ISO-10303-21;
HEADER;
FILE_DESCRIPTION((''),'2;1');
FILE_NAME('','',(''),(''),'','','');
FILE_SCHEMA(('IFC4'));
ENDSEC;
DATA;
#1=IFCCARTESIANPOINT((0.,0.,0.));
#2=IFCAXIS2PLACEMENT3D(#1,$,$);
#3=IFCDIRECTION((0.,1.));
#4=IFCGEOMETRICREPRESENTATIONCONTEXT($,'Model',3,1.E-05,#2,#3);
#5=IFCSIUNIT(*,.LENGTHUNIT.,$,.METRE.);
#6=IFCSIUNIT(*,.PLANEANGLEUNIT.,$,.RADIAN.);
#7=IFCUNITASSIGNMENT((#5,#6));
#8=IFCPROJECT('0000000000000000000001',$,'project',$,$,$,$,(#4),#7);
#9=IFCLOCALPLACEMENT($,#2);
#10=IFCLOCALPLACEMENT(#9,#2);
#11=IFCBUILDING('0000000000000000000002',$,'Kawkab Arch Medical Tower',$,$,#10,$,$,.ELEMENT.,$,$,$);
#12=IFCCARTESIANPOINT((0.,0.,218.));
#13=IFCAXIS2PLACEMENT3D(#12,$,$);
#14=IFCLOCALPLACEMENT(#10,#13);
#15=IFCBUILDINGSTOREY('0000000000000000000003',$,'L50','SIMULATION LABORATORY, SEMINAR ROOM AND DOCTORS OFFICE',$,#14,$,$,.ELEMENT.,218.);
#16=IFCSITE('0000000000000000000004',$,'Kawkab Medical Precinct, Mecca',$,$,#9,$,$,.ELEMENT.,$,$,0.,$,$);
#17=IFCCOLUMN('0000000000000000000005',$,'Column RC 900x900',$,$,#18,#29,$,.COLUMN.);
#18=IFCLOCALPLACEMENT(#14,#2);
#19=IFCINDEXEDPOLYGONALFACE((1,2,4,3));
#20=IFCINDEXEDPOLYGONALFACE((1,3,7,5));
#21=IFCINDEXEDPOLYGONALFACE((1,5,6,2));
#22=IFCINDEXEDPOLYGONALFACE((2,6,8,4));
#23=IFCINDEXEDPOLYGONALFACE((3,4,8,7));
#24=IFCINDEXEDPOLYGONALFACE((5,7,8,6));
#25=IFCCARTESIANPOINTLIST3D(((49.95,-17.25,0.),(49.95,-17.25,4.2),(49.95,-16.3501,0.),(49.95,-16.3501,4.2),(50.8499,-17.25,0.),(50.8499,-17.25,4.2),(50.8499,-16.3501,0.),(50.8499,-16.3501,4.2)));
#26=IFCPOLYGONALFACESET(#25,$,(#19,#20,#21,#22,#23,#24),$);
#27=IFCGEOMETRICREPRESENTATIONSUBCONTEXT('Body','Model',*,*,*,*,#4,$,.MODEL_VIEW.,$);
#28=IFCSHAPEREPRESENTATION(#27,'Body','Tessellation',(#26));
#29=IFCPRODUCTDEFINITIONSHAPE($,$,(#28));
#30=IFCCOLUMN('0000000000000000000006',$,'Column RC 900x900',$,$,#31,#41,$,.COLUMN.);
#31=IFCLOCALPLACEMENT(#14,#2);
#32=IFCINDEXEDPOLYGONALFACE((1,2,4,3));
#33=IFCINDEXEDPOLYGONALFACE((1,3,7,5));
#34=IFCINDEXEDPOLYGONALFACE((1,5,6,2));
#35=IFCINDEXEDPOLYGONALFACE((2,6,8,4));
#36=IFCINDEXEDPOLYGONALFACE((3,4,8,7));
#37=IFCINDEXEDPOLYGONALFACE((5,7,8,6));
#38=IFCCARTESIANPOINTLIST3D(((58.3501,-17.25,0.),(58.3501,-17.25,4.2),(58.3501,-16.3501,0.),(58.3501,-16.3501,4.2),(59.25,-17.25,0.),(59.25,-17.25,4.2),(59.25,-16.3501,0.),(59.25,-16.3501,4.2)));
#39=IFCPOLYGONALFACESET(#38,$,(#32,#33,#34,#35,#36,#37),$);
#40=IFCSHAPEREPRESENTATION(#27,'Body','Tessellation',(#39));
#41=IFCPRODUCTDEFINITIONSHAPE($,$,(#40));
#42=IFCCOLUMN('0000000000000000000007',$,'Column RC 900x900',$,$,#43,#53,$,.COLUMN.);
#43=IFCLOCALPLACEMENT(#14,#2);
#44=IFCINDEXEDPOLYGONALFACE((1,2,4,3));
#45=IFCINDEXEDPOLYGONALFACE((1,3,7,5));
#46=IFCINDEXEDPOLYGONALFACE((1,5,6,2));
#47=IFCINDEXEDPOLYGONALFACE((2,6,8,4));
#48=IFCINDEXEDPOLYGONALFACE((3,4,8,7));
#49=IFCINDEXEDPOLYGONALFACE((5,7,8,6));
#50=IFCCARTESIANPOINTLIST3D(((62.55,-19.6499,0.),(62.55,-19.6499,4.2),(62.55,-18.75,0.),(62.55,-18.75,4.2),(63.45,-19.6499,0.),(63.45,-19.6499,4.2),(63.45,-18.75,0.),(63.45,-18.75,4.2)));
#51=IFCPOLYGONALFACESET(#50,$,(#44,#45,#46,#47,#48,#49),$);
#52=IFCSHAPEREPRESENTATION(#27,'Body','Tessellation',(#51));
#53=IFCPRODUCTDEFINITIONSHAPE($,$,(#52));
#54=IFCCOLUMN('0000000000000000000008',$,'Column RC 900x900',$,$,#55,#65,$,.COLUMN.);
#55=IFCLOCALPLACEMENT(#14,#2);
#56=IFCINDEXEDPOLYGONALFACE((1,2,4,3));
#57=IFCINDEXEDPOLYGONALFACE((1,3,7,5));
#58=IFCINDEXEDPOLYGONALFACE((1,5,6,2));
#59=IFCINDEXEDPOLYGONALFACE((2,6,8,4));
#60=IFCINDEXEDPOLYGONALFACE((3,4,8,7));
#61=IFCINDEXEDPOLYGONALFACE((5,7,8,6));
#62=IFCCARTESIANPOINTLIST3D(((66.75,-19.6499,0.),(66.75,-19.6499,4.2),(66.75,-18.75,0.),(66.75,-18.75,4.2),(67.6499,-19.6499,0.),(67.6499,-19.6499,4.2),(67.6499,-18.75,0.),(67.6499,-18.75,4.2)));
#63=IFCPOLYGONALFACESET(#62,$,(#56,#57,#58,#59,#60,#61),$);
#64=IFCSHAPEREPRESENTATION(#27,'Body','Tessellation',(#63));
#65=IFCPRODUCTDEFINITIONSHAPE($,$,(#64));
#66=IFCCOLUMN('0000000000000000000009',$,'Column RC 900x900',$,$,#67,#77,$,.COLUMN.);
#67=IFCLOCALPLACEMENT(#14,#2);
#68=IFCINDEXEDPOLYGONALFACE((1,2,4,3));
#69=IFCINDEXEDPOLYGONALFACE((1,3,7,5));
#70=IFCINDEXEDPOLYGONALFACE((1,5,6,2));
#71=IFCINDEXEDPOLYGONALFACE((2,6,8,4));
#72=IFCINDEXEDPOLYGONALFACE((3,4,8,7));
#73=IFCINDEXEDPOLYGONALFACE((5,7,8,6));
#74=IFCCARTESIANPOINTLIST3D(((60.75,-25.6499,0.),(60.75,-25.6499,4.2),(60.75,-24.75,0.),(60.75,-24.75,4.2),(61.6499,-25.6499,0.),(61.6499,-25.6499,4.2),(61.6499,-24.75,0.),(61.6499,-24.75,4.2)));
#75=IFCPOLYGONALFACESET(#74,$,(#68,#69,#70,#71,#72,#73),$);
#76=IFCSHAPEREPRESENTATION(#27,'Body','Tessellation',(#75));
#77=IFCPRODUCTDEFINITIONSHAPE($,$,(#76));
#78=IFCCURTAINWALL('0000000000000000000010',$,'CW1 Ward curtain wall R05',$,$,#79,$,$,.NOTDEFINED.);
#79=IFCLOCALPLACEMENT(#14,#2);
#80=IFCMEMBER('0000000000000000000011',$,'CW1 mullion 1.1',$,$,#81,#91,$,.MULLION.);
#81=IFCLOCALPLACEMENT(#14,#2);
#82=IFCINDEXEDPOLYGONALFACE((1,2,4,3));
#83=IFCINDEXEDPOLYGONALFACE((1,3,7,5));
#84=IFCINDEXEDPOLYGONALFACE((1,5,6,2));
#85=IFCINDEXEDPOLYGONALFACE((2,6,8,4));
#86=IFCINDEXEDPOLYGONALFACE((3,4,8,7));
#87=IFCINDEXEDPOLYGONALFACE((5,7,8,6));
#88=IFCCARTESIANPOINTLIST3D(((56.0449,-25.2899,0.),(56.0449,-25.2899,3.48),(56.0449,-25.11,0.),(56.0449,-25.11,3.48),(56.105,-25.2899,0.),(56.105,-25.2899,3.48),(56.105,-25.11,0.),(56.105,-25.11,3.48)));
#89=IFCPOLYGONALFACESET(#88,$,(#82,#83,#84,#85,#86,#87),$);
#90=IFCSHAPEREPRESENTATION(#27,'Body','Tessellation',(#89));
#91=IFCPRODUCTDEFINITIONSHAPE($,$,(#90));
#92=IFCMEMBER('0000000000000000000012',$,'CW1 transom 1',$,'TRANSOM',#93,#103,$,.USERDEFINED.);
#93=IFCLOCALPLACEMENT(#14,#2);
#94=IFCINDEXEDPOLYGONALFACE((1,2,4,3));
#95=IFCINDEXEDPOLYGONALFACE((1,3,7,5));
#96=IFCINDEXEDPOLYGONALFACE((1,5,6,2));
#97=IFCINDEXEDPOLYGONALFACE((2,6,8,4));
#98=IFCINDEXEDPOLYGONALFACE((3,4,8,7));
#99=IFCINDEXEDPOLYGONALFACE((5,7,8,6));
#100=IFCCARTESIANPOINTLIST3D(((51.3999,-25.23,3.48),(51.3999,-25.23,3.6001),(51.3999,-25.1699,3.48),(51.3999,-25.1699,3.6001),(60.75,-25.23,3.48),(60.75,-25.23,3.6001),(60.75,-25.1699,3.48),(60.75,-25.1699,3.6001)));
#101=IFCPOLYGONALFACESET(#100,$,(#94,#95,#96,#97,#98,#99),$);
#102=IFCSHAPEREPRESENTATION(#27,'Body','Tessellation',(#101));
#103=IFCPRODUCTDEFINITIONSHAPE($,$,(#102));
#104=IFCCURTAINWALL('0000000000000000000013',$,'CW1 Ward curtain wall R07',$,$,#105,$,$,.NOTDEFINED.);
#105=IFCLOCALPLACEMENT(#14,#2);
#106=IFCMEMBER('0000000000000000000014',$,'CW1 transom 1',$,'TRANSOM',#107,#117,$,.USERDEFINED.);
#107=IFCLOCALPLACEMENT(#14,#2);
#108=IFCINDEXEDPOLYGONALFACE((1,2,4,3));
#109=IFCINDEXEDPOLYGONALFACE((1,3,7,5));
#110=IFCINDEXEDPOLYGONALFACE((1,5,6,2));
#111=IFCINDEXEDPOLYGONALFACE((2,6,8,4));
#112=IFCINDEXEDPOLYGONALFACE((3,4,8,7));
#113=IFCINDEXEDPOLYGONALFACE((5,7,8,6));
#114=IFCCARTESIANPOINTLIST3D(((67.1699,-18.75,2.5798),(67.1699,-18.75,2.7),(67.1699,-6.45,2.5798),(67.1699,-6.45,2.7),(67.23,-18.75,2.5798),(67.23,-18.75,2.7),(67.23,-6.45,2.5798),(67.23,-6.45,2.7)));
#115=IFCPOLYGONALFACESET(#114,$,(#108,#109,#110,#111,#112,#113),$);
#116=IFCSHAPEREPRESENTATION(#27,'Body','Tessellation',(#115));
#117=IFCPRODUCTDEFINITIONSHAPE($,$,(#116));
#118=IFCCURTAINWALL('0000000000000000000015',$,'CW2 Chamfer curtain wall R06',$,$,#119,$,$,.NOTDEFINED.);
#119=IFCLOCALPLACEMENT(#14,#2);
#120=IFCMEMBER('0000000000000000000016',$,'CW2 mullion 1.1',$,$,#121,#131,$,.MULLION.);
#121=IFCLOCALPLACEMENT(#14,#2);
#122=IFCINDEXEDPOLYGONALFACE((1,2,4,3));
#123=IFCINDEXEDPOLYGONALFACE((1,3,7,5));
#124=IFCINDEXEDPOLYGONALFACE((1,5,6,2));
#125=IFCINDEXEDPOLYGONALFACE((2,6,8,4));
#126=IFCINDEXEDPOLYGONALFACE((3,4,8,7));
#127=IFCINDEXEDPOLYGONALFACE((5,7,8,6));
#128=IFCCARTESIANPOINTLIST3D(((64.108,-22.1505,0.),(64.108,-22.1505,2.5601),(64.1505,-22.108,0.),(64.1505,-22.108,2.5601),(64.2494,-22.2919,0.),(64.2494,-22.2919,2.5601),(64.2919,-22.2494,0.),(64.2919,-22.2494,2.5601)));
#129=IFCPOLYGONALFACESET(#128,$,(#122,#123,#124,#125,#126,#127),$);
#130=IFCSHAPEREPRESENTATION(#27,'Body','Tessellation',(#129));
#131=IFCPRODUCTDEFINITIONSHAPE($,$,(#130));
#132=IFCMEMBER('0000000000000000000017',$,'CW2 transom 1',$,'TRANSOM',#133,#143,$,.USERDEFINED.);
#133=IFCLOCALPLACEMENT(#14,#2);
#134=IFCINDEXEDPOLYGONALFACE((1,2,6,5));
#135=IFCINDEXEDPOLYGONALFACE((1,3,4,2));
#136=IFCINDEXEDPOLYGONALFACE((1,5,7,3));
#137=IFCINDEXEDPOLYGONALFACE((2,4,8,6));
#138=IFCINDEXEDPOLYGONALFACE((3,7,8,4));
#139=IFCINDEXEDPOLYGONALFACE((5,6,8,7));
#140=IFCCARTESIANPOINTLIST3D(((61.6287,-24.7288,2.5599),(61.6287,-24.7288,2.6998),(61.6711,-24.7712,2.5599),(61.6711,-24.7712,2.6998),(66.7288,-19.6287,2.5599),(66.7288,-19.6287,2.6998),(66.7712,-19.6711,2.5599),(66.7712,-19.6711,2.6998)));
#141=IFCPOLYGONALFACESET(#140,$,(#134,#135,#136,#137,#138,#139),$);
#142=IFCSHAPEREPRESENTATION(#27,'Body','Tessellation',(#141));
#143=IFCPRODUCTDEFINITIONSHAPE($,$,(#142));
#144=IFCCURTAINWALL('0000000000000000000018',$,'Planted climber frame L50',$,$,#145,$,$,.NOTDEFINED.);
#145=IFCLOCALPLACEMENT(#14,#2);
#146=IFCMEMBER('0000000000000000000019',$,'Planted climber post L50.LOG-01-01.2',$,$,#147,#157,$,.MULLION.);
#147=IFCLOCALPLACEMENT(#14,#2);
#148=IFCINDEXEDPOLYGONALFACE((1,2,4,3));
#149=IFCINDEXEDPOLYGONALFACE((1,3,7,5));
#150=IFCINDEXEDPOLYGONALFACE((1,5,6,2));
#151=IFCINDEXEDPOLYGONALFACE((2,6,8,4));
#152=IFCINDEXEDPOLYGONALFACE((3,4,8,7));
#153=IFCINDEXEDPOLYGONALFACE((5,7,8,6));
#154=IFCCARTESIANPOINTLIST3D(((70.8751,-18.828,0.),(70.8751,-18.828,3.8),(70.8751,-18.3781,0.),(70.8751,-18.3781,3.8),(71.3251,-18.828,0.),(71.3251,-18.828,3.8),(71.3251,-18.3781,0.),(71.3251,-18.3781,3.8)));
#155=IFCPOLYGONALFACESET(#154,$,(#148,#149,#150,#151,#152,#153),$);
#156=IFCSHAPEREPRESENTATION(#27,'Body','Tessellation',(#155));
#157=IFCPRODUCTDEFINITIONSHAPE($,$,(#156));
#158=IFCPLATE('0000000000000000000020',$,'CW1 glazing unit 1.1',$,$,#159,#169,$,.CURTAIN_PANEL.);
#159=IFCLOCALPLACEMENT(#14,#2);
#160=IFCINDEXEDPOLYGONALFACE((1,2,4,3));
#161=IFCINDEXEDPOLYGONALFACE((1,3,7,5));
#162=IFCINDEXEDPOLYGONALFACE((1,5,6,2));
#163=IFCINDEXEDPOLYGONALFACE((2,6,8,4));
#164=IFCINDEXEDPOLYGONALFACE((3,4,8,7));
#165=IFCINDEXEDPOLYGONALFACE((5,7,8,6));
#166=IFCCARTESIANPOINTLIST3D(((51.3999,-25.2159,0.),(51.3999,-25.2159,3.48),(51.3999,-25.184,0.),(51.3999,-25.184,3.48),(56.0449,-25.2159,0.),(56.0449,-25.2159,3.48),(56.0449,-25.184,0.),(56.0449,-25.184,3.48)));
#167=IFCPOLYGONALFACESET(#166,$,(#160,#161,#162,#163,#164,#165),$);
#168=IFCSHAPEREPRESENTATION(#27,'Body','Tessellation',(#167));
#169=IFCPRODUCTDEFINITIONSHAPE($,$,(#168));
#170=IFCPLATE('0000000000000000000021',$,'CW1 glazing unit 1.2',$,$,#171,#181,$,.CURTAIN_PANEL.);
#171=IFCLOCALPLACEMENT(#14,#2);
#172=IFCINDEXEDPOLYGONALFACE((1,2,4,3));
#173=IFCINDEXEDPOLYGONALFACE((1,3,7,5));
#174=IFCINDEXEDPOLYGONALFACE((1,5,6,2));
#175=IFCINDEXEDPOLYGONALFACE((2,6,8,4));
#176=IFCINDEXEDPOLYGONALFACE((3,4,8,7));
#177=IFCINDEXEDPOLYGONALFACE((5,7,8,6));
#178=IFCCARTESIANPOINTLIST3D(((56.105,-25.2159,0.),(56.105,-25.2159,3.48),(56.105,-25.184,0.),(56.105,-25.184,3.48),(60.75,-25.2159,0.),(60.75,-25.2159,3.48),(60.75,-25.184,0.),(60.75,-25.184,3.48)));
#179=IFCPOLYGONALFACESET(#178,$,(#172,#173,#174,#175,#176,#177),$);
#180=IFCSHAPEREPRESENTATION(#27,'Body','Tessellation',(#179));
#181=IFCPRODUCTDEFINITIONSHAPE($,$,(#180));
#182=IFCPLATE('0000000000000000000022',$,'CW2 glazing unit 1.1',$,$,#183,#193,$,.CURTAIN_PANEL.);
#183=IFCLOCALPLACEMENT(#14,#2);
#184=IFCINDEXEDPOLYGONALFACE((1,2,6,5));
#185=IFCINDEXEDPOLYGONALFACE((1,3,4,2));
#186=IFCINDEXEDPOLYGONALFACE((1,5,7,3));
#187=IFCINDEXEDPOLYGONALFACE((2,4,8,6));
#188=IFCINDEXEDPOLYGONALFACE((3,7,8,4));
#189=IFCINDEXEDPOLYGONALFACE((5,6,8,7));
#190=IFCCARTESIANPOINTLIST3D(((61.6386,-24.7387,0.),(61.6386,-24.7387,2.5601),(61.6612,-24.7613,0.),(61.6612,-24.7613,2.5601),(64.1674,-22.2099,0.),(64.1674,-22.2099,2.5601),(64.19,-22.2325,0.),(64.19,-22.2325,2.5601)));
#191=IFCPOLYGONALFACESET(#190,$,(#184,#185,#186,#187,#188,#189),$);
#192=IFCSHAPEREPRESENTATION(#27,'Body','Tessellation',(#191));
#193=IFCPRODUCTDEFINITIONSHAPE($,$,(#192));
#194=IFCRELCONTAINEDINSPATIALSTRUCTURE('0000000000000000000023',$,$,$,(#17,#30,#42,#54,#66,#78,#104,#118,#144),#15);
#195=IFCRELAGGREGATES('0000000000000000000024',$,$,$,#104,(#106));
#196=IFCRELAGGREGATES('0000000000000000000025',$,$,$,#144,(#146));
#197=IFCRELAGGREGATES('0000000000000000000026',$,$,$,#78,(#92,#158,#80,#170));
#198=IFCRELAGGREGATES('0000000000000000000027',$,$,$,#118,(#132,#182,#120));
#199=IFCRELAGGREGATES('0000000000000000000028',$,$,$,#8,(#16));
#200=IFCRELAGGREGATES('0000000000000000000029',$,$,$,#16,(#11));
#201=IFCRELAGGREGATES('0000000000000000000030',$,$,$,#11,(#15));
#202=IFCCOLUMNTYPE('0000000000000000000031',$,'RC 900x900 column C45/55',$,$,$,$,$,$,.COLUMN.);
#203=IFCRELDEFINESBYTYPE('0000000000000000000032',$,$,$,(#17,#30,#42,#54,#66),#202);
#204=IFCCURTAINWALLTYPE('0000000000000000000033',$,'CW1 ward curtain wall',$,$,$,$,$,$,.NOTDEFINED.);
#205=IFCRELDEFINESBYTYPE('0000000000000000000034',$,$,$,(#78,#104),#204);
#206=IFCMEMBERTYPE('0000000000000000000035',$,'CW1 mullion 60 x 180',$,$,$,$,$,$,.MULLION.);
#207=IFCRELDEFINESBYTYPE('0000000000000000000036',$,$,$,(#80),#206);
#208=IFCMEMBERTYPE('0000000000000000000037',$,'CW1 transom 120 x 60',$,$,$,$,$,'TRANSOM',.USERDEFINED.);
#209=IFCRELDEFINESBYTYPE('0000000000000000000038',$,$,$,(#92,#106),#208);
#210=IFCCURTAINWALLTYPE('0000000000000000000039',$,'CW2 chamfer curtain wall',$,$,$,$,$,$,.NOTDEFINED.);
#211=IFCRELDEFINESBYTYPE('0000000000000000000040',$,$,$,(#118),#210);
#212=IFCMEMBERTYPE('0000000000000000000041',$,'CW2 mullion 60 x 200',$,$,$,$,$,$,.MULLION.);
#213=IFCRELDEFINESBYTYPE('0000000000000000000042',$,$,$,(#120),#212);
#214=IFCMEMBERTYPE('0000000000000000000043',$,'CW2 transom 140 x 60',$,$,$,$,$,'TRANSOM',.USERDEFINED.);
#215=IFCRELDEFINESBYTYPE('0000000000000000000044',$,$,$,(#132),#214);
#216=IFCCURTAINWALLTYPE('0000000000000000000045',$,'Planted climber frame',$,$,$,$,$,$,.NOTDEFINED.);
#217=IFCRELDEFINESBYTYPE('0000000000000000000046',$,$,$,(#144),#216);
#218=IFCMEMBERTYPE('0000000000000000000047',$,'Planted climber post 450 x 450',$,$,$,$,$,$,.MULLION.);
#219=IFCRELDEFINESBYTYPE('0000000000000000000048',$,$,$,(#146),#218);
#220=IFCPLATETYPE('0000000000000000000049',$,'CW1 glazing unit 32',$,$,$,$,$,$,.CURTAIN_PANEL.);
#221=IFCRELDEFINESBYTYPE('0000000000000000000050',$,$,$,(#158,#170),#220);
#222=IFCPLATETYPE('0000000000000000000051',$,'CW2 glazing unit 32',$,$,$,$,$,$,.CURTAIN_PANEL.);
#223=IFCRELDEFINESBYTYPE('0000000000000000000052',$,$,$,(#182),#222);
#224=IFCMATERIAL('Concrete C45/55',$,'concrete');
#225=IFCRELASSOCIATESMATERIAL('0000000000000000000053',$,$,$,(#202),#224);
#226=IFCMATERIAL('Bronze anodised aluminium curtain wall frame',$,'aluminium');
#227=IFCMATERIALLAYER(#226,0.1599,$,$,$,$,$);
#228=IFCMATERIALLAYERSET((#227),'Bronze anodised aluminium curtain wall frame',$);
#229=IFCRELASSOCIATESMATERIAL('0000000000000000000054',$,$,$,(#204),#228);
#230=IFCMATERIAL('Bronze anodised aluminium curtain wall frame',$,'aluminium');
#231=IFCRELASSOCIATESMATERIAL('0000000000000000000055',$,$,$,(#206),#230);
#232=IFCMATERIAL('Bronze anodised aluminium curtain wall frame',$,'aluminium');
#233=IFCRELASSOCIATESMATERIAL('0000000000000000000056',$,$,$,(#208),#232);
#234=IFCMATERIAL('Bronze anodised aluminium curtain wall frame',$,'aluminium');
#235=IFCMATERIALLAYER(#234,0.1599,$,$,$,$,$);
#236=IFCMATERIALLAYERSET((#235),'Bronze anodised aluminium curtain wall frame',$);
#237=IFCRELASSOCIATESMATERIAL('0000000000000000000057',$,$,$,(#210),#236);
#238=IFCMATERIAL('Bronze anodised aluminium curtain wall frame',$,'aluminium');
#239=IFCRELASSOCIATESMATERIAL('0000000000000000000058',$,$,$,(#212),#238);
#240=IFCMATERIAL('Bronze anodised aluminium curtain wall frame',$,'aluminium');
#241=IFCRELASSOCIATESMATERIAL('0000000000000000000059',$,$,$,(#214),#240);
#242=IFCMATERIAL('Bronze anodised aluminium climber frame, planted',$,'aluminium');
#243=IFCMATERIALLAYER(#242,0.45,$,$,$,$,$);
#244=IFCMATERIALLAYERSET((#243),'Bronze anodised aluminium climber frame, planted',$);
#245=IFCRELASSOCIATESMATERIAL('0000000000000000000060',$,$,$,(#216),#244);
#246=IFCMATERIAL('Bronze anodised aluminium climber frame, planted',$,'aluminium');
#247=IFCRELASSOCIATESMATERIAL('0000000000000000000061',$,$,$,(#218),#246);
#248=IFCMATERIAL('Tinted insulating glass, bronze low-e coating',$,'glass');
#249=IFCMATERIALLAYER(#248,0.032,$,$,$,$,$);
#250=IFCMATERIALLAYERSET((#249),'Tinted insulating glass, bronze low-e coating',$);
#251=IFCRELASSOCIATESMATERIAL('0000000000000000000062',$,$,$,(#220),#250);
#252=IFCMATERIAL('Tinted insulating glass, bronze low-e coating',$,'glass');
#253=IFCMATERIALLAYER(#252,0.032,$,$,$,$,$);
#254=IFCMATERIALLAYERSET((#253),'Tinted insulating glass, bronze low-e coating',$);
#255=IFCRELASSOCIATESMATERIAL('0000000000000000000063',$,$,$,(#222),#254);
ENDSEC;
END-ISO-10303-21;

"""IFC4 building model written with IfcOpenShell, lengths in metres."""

from ifc_helpers import new_model, si_unit, direction, frame, origin, origin_2d, place, context, subcontext, project, spatial, rectangle, extrude, material, layer, layer_set, material_profile, profile_set, type_object, element, aggregate, save


model = new_model("IFC4")

# Units and contexts
model_context = context("Model", 3, precision=1e-05, world=origin(), true_north=direction((0.0, 1.0)))
body_context = subcontext(model_context, "Body", "Model", "MODEL_VIEW")
ifc_project = project(units=[si_unit("LENGTHUNIT", "METRE"), si_unit("PLANEANGLEUNIT", "RADIAN")], contexts=[model_context])

# Site, building, storey
site_placement = place(None, origin())
site = spatial("IfcSite", under=ifc_project, at=site_placement, Name="Kawkab Medical Precinct, Mecca", CompositionType="ELEMENT", RefElevation=0.0)
building_placement = place(site_placement, origin())
building = spatial("IfcBuilding", under=site, at=building_placement, Name="Kawkab Arch Medical Tower", CompositionType="ELEMENT")
storey_placement = place(building_placement, frame((0.0, 0.0, 218.0)))
storey = spatial("IfcBuildingStorey", under=building, at=storey_placement, Name="L50", Description="SIMULATION LABORATORY, SEMINAR ROOM AND DOCTORS OFFICE", CompositionType="ELEMENT", Elevation=218.0)

# Columns
ifc_material_1 = material(Name="Concrete C45/55", Category="concrete")
ifc_material_profile_1 = material_profile(ifc_material_1, rectangle(XDim=0.8999, YDim=0.8999, at=origin_2d()), Name="RC 900x900")
ifc_profile_set_1 = profile_set([ifc_material_profile_1], Name="Concrete C45/55")
column_type = type_object("IfcColumnType", Name="RC 900x900 column C45/55", PredefinedType="COLUMN", material=ifc_profile_set_1)
for number, where, z_axis, x_axis, name in (
    (1, (50.3999, -16.8, 0.0), (0.0, 0.0, 1.0), (1.0, 0.0, 0.0), "Column RC 900x900"),
    (2, (58.8, -16.8, 0.0), (0.0, 0.0, 1.0), (1.0, 0.0, 0.0), "Column RC 900x900"),
    (3, (63.0, -19.2, 0.0), (0.0, 0.0, 1.0), (1.0, 0.0, 0.0), "Column RC 900x900"),
    (4, (67.2, -19.2, 0.0), (0.0, 0.0, 1.0), (1.0, 0.0, 0.0), "Column RC 900x900"),
    (5, (61.2, -25.2, 0.0), (0.0, 0.0, 1.0), (1.0, 0.0, 0.0), "Column RC 900x900"),
):
    element("IfcColumn", number, at=place(storey_placement, frame(where, z_axis=z_axis, x_axis=x_axis)), inside=storey, type_object=column_type, Name=name, PredefinedType="COLUMN", context=body_context, shape_type="SweptSolid", body=[
        extrude(rectangle(XDim=0.8999, YDim=0.8999, at=origin_2d()), origin(), (0.0, 0.0, 1.0), 4.2),
    ])

# Curtain wall, members
ifc_material_2 = material(Name="Bronze anodised aluminium curtain wall frame", Category="aluminium")
ifc_layer_1 = layer(ifc_material_2, 0.1599)
ifc_layer_set_1 = layer_set([ifc_layer_1], Name="Bronze anodised aluminium curtain wall frame")
curtain_wall_type_1 = type_object("IfcCurtainWallType", Name="CW1 ward curtain wall", PredefinedType="NOTDEFINED", material=ifc_layer_set_1)
placement = place(storey_placement, origin())
curtain_wall_1 = element("IfcCurtainWall", 6, at=placement, inside=storey, type_object=curtain_wall_type_1, Name="CW1 Ward curtain wall R05", PredefinedType="NOTDEFINED")
ifc_material_3 = material(Name="Bronze anodised aluminium curtain wall frame", Category="aluminium")
ifc_material_profile_2 = material_profile(ifc_material_3, rectangle(XDim=0.1799, YDim=0.0601, at=origin_2d()), Name="AL 60x180")
ifc_profile_set_2 = profile_set([ifc_material_profile_2], Name="Bronze anodised aluminium curtain wall frame")
member_type_1 = type_object("IfcMemberType", Name="CW1 mullion 60 x 180", PredefinedType="MULLION", material=ifc_profile_set_2)
member_1_placement = place(storey_placement, frame((56.075, -25.2, 0.0), z_axis=(0.0, 0.0, 1.0), x_axis=(0.0, 1.0, 0.0)))
member_1 = element("IfcMember", 7, at=member_1_placement, type_object=member_type_1, Name="CW1 mullion 1.1", PredefinedType="MULLION", context=body_context, shape_type="SweptSolid", body=[
    extrude(rectangle(XDim=0.1799, YDim=0.0601, at=origin_2d()), origin(), (0.0, 0.0, 1.0), 3.48),
])
ifc_material_4 = material(Name="Bronze anodised aluminium curtain wall frame", Category="aluminium")
ifc_material_profile_3 = material_profile(ifc_material_4, rectangle(XDim=0.0601, YDim=0.1201, at=origin_2d()), Name="AL 60x120")
ifc_profile_set_3 = profile_set([ifc_material_profile_3], Name="Bronze anodised aluminium curtain wall frame")
member_type_2 = type_object("IfcMemberType", Name="CW1 transom 120 x 60", ElementType="TRANSOM", PredefinedType="USERDEFINED", material=ifc_profile_set_3)
member_2_placement = place(storey_placement, frame((51.3999, -25.2, 3.54), z_axis=(1.0, 0.0, 0.0), x_axis=(0.0, 1.0, 0.0)))
member_2 = element("IfcMember", 8, at=member_2_placement, type_object=member_type_2, Name="CW1 transom 1", ObjectType="TRANSOM", PredefinedType="USERDEFINED", context=body_context, shape_type="SweptSolid", body=[
    extrude(rectangle(XDim=0.0601, YDim=0.1201, at=origin_2d()), origin(), (0.0, 0.0, 1.0), 9.3501),
])

# Curtain wall, member
curtain_wall_2 = element("IfcCurtainWall", 9, at=placement, inside=storey, type_object=curtain_wall_type_1, Name="CW1 Ward curtain wall R07", PredefinedType="NOTDEFINED")
member_3_placement = place(storey_placement, frame((67.2, -18.75, 2.6399), z_axis=(0.0, 1.0, 0.0), x_axis=(-1.0, 0.0, 0.0)))
member_3 = element("IfcMember", 10, at=member_3_placement, type_object=member_type_2, Name="CW1 transom 1", ObjectType="TRANSOM", PredefinedType="USERDEFINED", context=body_context, shape_type="SweptSolid", body=[
    extrude(rectangle(XDim=0.0601, YDim=0.1201, at=origin_2d()), origin(), (0.0, 0.0, 1.0), 12.3),
])
aggregate(curtain_wall_2, [member_3])

# Curtain wall, members
ifc_material_5 = material(Name="Bronze anodised aluminium curtain wall frame", Category="aluminium")
ifc_layer_2 = layer(ifc_material_5, 0.1599)
ifc_layer_set_2 = layer_set([ifc_layer_2], Name="Bronze anodised aluminium curtain wall frame")
curtain_wall_type_2 = type_object("IfcCurtainWallType", Name="CW2 chamfer curtain wall", PredefinedType="NOTDEFINED", material=ifc_layer_set_2)
curtain_wall_3 = element("IfcCurtainWall", 11, at=placement, inside=storey, type_object=curtain_wall_type_2, Name="CW2 Chamfer curtain wall R06", PredefinedType="NOTDEFINED")
ifc_material_6 = material(Name="Bronze anodised aluminium curtain wall frame", Category="aluminium")
ifc_material_profile_4 = material_profile(ifc_material_6, rectangle(XDim=0.2, YDim=0.0601, at=origin_2d()), Name="AL 60x200")
ifc_profile_set_4 = profile_set([ifc_material_profile_4], Name="Bronze anodised aluminium curtain wall frame")
member_type_3 = type_object("IfcMemberType", Name="CW2 mullion 60 x 200", PredefinedType="MULLION", material=ifc_profile_set_4)
member_4_placement = place(storey_placement, frame((64.2, -22.2, 0.0), z_axis=(0.0, 0.0, 1.0), x_axis=(-0.707107, 0.707107, 0.0)))
member_4 = element("IfcMember", 12, at=member_4_placement, type_object=member_type_3, Name="CW2 mullion 1.1", PredefinedType="MULLION", context=body_context, shape_type="SweptSolid", body=[
    extrude(rectangle(XDim=0.2, YDim=0.0601, at=origin_2d()), origin(), (0.0, 0.0, 1.0), 2.5601),
])
ifc_material_7 = material(Name="Bronze anodised aluminium curtain wall frame", Category="aluminium")
ifc_material_profile_5 = material_profile(ifc_material_7, rectangle(XDim=0.0601, YDim=0.1399, at=origin_2d()), Name="AL 60x140")
ifc_profile_set_5 = profile_set([ifc_material_profile_5], Name="Bronze anodised aluminium curtain wall frame")
member_type_4 = type_object("IfcMemberType", Name="CW2 transom 140 x 60", ElementType="TRANSOM", PredefinedType="USERDEFINED", material=ifc_profile_set_5)
member_5_placement = place(storey_placement, frame((61.6499, -24.75, 2.6299), z_axis=(0.707107, 0.707107, 0.0), x_axis=(-0.707107, 0.707107, 0.0)))
member_5 = element("IfcMember", 13, at=member_5_placement, type_object=member_type_4, Name="CW2 transom 1", ObjectType="TRANSOM", PredefinedType="USERDEFINED", context=body_context, shape_type="SweptSolid", body=[
    extrude(rectangle(XDim=0.0601, YDim=0.1399, at=origin_2d()), origin(), (0.0, 0.0, 1.0), 7.2126),
])

# Curtain wall, member
ifc_material_8 = material(Name="Bronze anodised aluminium climber frame, planted", Category="aluminium")
ifc_layer_3 = layer(ifc_material_8, 0.45)
ifc_layer_set_3 = layer_set([ifc_layer_3], Name="Bronze anodised aluminium climber frame, planted")
curtain_wall_type_3 = type_object("IfcCurtainWallType", Name="Planted climber frame", PredefinedType="NOTDEFINED", material=ifc_layer_set_3)
curtain_wall_4 = element("IfcCurtainWall", 14, at=placement, inside=storey, type_object=curtain_wall_type_3, Name="Planted climber frame L50", PredefinedType="NOTDEFINED")
ifc_material_9 = material(Name="Bronze anodised aluminium climber frame, planted", Category="aluminium")
ifc_material_profile_6 = material_profile(ifc_material_9, rectangle(XDim=0.45, YDim=0.45, at=origin_2d()), Name="Post 450x450")
ifc_profile_set_6 = profile_set([ifc_material_profile_6], Name="Bronze anodised aluminium climber frame, planted")
member_type_5 = type_object("IfcMemberType", Name="Planted climber post 450 x 450", PredefinedType="MULLION", material=ifc_profile_set_6)
member_6_placement = place(storey_placement, frame((71.1001, -18.603, 0.0), z_axis=(0.0, 0.0, 1.0), x_axis=(1.0, 0.0, 0.0)))
member_6 = element("IfcMember", 15, at=member_6_placement, type_object=member_type_5, Name="Planted climber post L50.LOG-01-01.2", PredefinedType="MULLION", context=body_context, shape_type="SweptSolid", body=[
    extrude(rectangle(XDim=0.45, YDim=0.45, at=origin_2d()), origin(), (0.0, 0.0, 1.0), 3.8),
])
aggregate(curtain_wall_4, [member_6])

# Plates
ifc_material_10 = material(Name="Tinted insulating glass, bronze low-e coating", Category="glass")
ifc_layer_4 = layer(ifc_material_10, 0.032)
ifc_layer_set_4 = layer_set([ifc_layer_4], Name="Tinted insulating glass, bronze low-e coating")
plate_type_1 = type_object("IfcPlateType", Name="CW1 glazing unit 32", PredefinedType="CURTAIN_PANEL", material=ifc_layer_set_4)
plate_1_placement = place(storey_placement, frame((53.7224, -25.2, 0.0), z_axis=(0.0, 0.0, 1.0), x_axis=(1.0, 0.0, 0.0)))
plate_1 = element("IfcPlate", 16, at=plate_1_placement, type_object=plate_type_1, Name="CW1 glazing unit 1.1", PredefinedType="CURTAIN_PANEL", context=body_context, shape_type="SweptSolid", body=[
    extrude(rectangle(XDim=4.645, YDim=0.032, at=origin_2d()), origin(), (0.0, 0.0, 1.0), 3.48),
])
plate_2_placement = place(storey_placement, frame((58.4275, -25.2, 0.0), z_axis=(0.0, 0.0, 1.0), x_axis=(1.0, 0.0, 0.0)))
plate_2 = element("IfcPlate", 17, at=plate_2_placement, type_object=plate_type_1, Name="CW1 glazing unit 1.2", PredefinedType="CURTAIN_PANEL", context=body_context, shape_type="SweptSolid", body=[
    extrude(rectangle(XDim=4.645, YDim=0.032, at=origin_2d()), origin(), (0.0, 0.0, 1.0), 3.48),
])
aggregate(curtain_wall_1, [member_2, plate_1, member_1, plate_2])
ifc_material_11 = material(Name="Tinted insulating glass, bronze low-e coating", Category="glass")
ifc_layer_5 = layer(ifc_material_11, 0.032)
ifc_layer_set_5 = layer_set([ifc_layer_5], Name="Tinted insulating glass, bronze low-e coating")
plate_type_2 = type_object("IfcPlateType", Name="CW2 glazing unit 32", PredefinedType="CURTAIN_PANEL", material=ifc_layer_set_5)
plate_3_placement = place(storey_placement, frame((62.9143, -23.4856, 0.0), z_axis=(0.0, 0.0, 1.0), x_axis=(0.707107, 0.707107, 0.0)))
plate_3 = element("IfcPlate", 18, at=plate_3_placement, type_object=plate_type_2, Name="CW2 glazing unit 1.1", PredefinedType="CURTAIN_PANEL", context=body_context, shape_type="SweptSolid", body=[
    extrude(rectangle(XDim=3.5762, YDim=0.032, at=origin_2d()), origin(), (0.0, 0.0, 1.0), 2.5601),
])
aggregate(curtain_wall_3, [member_5, plate_3, member_4])

save(model, "model.ifc")
